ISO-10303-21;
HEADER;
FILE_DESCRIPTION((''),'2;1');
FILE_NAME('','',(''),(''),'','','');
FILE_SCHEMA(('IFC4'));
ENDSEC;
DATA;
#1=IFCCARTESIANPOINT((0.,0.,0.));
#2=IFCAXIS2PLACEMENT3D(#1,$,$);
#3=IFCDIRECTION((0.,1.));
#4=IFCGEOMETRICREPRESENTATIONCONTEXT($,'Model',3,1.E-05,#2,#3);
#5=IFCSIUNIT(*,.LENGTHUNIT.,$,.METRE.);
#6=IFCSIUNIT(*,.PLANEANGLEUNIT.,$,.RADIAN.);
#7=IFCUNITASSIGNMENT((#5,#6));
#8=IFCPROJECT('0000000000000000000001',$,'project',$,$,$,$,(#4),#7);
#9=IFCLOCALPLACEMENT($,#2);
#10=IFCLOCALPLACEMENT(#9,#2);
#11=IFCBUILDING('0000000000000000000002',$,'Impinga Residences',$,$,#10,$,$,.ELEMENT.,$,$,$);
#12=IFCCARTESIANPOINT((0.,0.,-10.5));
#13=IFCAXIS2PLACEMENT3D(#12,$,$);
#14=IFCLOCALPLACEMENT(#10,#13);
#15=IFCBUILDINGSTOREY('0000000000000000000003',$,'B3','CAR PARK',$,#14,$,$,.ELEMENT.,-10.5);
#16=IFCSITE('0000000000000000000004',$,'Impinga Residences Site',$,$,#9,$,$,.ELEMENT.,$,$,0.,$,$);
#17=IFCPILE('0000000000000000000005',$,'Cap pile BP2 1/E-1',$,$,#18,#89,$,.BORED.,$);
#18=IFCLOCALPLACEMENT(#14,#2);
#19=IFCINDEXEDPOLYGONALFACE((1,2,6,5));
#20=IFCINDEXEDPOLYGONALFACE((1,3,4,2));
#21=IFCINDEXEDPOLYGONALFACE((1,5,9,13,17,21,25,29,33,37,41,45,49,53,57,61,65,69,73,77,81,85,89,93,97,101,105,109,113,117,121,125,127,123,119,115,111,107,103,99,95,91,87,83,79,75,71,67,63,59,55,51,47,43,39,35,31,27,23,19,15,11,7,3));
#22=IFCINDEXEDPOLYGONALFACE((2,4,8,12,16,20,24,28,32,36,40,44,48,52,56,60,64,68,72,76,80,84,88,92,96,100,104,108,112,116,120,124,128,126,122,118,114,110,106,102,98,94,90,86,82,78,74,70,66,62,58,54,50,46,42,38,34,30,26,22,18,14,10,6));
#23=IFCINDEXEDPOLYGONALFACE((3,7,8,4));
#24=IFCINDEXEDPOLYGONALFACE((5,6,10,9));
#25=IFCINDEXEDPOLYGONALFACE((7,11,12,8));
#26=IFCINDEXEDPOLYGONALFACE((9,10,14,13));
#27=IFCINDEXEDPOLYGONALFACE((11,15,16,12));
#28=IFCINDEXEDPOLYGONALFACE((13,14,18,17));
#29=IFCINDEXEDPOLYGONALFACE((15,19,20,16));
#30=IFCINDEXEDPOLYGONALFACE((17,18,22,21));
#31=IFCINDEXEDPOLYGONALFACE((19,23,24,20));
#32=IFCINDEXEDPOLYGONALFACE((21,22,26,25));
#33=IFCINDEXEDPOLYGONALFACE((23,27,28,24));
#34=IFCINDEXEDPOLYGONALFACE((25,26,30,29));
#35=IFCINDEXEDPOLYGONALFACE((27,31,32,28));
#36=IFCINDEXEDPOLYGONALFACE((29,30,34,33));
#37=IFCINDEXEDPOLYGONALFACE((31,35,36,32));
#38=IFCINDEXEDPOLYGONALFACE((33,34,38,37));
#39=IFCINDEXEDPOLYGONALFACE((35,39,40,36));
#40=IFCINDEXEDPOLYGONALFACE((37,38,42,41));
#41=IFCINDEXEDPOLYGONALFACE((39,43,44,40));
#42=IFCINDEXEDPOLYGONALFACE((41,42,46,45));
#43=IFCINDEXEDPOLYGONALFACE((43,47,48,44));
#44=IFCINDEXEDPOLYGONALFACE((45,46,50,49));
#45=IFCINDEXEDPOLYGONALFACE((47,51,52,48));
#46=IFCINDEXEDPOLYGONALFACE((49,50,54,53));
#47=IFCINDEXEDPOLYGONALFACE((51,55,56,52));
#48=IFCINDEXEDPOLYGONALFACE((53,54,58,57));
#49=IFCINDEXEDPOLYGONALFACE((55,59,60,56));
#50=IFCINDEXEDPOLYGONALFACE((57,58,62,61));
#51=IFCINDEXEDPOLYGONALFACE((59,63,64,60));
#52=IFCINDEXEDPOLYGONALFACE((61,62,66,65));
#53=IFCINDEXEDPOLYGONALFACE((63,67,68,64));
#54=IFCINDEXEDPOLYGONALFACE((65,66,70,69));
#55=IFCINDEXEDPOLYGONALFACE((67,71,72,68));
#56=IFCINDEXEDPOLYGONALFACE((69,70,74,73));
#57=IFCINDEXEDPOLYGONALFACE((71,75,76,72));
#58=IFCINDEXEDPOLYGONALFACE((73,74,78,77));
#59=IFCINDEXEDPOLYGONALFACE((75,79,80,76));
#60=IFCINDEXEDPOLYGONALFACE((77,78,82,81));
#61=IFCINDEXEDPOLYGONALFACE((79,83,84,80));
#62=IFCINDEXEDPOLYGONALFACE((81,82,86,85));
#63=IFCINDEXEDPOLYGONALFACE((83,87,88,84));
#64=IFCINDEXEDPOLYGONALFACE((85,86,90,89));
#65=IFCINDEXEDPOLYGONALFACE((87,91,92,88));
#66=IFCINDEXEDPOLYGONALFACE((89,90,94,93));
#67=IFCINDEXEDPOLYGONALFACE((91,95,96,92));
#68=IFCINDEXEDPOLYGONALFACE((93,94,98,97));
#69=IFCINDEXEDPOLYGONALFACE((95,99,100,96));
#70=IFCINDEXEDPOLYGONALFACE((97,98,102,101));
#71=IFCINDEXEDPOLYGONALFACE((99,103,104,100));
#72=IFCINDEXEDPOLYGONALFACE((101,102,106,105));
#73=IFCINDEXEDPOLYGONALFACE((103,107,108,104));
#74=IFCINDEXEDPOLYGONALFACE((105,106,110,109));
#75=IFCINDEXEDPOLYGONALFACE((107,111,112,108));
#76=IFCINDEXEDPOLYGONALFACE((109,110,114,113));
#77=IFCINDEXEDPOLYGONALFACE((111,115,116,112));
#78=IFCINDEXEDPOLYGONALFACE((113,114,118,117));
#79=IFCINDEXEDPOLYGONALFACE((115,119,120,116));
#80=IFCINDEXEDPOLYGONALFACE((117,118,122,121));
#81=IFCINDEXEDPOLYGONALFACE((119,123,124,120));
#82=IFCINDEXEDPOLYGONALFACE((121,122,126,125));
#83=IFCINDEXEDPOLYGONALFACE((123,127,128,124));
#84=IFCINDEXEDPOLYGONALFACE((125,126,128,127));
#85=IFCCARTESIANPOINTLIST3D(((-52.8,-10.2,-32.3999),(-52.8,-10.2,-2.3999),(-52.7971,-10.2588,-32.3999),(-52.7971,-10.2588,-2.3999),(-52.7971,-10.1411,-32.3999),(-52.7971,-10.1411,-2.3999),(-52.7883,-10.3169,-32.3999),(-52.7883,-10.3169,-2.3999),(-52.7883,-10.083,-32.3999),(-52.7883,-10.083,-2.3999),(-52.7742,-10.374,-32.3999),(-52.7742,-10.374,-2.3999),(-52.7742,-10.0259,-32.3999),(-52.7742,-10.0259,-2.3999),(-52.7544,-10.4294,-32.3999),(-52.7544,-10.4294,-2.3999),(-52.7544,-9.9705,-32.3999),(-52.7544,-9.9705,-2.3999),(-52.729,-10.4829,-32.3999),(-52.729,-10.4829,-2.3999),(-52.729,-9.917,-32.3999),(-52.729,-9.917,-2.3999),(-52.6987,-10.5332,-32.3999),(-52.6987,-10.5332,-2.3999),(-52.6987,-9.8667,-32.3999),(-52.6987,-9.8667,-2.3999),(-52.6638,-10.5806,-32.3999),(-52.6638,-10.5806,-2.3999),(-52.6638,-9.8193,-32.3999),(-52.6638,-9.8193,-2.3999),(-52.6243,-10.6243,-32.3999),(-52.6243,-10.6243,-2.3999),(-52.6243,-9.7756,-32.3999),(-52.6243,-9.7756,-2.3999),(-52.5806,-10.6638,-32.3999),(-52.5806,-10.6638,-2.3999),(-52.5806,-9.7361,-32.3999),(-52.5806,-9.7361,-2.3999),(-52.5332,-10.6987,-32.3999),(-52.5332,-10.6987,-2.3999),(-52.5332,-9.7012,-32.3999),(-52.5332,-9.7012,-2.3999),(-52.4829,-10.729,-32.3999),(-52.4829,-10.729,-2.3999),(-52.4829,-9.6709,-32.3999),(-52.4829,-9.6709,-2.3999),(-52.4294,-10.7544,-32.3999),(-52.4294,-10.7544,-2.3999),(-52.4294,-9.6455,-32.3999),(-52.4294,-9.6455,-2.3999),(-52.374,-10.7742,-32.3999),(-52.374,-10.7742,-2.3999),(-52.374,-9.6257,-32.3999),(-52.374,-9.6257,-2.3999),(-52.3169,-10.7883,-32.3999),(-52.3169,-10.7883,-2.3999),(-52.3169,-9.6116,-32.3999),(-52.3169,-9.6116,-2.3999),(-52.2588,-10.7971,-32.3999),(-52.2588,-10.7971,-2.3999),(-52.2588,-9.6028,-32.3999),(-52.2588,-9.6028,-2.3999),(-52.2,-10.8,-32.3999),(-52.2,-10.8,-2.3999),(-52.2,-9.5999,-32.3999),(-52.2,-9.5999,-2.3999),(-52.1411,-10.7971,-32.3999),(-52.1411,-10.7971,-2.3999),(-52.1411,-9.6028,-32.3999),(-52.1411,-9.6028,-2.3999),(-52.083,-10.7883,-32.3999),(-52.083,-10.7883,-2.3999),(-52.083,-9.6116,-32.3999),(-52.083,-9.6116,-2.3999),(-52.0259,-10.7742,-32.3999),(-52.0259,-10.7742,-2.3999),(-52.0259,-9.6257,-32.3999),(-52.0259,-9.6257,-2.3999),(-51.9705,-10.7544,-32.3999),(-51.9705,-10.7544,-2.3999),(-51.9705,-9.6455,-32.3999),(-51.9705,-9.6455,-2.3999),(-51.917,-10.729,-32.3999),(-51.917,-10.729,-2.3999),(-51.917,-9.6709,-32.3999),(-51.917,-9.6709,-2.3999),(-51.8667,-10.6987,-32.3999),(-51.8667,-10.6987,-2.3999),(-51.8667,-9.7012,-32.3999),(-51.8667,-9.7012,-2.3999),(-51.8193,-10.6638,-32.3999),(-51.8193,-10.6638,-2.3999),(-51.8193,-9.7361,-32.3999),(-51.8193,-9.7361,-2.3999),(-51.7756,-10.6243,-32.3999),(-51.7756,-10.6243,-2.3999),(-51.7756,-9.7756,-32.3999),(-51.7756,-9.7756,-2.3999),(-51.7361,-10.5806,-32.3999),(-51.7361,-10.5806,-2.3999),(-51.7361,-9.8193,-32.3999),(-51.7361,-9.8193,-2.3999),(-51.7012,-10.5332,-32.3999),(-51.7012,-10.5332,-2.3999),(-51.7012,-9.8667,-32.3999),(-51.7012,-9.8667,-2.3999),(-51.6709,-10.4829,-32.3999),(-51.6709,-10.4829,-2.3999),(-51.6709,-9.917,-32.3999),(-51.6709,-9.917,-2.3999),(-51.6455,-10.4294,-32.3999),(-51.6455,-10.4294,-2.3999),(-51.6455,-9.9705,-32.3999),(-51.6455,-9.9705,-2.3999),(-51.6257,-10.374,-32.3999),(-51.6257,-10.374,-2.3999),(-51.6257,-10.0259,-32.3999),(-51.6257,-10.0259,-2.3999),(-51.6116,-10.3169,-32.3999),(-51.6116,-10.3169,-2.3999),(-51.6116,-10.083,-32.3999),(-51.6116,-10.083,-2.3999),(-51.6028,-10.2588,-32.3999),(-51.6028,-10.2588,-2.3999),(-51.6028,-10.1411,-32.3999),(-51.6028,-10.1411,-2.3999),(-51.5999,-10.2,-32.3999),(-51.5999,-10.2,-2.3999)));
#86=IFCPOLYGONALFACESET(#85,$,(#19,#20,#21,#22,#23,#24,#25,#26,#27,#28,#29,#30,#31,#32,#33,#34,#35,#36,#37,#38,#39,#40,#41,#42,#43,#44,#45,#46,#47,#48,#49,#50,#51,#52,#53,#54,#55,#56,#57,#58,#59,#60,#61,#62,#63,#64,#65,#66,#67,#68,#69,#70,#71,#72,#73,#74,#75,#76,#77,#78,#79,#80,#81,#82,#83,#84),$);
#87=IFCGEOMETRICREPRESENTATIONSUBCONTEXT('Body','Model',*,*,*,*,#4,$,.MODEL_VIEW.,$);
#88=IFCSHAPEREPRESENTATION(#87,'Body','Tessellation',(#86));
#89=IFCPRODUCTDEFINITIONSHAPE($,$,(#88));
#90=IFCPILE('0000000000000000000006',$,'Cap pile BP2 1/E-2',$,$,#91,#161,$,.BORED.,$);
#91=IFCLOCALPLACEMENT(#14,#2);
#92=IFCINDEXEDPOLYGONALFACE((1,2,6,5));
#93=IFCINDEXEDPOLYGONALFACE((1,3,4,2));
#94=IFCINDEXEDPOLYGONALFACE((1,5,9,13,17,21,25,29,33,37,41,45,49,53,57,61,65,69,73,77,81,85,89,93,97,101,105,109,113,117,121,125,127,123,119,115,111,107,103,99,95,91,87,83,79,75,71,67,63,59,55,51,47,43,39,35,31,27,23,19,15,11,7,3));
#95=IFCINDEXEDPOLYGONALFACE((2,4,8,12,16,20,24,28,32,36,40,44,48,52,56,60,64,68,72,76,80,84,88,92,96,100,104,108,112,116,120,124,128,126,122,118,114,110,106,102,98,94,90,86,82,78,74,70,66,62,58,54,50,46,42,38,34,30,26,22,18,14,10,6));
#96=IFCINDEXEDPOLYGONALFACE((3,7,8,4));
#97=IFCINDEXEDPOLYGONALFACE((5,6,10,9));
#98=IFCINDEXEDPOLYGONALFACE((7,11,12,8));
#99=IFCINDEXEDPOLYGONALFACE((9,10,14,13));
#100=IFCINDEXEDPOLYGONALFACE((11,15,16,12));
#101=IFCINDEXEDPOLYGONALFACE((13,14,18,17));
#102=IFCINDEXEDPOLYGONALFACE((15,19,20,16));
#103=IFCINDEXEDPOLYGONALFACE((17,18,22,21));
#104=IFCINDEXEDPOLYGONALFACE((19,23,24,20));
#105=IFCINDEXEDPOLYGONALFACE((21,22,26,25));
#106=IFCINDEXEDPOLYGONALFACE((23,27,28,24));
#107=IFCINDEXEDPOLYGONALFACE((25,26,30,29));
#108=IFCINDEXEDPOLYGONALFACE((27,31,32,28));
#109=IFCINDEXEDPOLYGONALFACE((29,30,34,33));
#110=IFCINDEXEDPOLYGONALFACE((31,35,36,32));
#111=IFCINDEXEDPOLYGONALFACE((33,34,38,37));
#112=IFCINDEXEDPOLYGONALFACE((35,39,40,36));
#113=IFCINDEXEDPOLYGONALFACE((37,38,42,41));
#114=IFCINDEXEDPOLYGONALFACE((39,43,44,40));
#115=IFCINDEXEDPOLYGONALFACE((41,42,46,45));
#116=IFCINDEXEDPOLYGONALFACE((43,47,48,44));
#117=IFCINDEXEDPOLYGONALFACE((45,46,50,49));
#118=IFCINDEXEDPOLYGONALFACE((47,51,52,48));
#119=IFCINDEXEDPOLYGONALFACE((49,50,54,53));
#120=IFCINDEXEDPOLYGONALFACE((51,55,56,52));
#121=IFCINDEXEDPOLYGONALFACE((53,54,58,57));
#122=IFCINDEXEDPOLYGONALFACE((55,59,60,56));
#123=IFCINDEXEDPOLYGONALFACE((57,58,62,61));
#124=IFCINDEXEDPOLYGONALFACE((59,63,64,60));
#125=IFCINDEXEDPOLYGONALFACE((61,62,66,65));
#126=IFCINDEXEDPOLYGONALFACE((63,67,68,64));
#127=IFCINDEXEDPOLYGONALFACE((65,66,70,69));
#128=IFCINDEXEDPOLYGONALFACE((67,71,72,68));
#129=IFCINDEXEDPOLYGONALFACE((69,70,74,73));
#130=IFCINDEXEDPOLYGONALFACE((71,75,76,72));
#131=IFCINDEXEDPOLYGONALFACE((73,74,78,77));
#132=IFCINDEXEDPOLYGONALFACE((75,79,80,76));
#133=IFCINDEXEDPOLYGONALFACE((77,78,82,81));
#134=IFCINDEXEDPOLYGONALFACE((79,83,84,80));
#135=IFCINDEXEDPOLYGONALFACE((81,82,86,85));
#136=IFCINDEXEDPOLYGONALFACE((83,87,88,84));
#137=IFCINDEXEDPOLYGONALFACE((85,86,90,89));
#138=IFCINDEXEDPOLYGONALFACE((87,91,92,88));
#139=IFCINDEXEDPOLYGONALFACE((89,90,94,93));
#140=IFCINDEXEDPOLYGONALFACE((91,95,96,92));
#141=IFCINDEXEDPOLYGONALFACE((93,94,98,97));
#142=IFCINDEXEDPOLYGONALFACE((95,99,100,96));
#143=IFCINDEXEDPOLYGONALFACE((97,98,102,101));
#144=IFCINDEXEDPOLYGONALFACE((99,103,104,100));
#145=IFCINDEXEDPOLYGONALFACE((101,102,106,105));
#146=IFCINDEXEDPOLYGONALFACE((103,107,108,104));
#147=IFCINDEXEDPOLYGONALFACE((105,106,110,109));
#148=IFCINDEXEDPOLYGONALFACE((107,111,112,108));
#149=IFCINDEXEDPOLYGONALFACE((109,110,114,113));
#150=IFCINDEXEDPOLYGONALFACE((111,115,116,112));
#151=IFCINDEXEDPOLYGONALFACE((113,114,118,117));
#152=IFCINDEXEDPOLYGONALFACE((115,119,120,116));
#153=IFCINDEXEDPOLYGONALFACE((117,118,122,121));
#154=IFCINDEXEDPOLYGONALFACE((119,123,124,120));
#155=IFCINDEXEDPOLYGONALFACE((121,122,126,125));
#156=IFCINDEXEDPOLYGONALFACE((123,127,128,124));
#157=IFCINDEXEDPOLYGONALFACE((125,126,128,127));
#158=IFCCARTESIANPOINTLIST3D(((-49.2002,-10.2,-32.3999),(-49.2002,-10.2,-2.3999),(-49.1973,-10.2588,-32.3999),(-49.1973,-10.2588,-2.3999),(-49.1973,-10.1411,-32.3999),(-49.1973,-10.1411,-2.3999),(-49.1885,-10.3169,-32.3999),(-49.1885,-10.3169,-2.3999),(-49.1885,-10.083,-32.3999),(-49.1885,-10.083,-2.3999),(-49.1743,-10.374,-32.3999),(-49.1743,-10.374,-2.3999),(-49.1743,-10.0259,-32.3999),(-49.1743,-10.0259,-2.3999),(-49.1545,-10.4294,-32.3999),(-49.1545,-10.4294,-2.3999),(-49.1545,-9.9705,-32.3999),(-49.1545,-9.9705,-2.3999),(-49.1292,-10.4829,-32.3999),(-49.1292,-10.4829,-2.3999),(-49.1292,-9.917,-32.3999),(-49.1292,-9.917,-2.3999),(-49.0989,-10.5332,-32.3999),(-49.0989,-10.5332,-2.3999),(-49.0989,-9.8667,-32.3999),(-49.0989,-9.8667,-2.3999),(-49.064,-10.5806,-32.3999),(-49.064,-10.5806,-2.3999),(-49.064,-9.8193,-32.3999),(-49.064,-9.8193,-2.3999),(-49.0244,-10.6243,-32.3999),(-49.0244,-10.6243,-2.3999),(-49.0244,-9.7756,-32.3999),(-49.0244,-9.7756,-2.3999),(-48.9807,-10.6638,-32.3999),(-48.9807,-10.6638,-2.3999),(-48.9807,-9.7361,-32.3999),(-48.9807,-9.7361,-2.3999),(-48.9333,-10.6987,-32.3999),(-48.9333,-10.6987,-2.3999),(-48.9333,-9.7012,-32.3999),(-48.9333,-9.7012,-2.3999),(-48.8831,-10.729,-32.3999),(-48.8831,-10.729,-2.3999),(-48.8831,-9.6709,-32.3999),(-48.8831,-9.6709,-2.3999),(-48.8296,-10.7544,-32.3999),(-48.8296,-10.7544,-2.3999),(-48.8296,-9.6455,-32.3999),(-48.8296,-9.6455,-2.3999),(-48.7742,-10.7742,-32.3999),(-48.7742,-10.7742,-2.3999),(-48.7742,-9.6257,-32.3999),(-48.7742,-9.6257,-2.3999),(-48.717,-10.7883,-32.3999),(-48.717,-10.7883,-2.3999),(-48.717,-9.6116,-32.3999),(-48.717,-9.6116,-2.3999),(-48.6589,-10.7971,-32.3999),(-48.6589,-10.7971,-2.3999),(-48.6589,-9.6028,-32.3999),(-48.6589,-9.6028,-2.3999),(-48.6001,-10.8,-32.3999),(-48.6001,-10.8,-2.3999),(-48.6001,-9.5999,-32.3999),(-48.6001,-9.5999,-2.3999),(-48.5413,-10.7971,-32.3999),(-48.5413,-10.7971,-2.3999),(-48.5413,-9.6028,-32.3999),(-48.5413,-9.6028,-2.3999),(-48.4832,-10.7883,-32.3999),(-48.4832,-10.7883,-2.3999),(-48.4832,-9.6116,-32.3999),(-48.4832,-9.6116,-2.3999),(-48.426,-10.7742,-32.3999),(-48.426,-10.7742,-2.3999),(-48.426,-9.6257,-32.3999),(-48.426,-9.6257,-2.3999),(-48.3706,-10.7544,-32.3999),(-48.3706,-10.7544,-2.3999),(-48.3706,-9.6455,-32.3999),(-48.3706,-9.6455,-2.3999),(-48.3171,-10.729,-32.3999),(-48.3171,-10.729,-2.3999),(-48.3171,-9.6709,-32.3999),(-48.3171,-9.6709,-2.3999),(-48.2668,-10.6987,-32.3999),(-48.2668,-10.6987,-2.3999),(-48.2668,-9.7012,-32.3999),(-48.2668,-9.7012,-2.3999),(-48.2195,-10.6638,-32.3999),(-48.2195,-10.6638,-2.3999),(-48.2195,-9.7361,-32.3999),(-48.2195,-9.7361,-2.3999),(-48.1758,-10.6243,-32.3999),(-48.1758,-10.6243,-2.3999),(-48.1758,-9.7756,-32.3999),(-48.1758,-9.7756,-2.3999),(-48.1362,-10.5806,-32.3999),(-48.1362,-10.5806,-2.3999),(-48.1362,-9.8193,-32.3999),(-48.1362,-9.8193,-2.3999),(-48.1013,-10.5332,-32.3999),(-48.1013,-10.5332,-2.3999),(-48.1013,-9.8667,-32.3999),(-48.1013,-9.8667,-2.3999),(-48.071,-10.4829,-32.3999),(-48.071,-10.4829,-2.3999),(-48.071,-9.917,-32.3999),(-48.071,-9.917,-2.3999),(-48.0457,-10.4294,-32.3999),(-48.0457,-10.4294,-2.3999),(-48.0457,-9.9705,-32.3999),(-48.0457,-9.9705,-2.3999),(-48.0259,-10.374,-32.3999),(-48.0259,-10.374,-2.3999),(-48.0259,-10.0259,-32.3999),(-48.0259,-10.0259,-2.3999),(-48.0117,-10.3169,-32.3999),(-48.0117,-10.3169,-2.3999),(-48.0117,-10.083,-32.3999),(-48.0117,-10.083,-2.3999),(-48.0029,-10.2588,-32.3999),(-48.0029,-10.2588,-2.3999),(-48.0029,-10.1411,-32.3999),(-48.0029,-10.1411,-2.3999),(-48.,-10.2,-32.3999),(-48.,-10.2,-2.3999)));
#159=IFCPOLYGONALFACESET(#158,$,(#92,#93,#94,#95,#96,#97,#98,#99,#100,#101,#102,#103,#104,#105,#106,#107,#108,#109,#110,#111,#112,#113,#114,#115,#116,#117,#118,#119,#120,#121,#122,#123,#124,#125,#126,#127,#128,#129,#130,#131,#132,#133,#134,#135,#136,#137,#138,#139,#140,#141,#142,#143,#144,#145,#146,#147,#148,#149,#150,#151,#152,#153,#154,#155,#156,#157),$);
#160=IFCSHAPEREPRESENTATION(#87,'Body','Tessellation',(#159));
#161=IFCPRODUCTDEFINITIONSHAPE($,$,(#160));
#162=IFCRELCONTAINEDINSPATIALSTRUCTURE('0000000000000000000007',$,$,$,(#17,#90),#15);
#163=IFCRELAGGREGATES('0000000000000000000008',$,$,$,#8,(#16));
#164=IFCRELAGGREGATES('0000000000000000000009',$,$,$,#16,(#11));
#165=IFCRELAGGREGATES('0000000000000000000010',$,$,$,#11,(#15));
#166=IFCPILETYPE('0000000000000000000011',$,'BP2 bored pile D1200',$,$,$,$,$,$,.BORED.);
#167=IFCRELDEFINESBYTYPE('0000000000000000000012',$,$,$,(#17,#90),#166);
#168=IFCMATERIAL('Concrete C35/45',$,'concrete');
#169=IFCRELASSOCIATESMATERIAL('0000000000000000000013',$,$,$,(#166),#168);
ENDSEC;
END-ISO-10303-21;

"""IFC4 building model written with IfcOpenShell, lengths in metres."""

from ifc_helpers import new_model, si_unit, direction, frame, origin, origin_2d, place, context, subcontext, project, spatial, polyline, circle, outline, extrude, material, material_profile, profile_set, type_object, element, save


model = new_model("IFC4")

# Units and contexts
model_context = context("Model", 3, precision=1e-05, world=origin(), true_north=direction((0.0, 1.0)))
body_context = subcontext(model_context, "Body", "Model", "MODEL_VIEW")
ifc_project = project(units=[si_unit("LENGTHUNIT", "METRE"), si_unit("PLANEANGLEUNIT", "RADIAN")], contexts=[model_context])

# Site, building, storey
site_placement = place(None, origin())
site = spatial("IfcSite", under=ifc_project, at=site_placement, Name="Impinga Residences Site", CompositionType="ELEMENT", RefElevation=0.0)
building_placement = place(site_placement, origin())
building = spatial("IfcBuilding", under=site, at=building_placement, Name="Impinga Residences", CompositionType="ELEMENT")
storey_placement = place(building_placement, frame((0.0, 0.0, -10.5)))
storey = spatial("IfcBuildingStorey", under=building, at=storey_placement, Name="B3", Description="CAR PARK", CompositionType="ELEMENT", Elevation=-10.5)

# Piles
ifc_material_1 = material(Name="Concrete C35/45", Category="concrete")
ifc_material_profile_1 = material_profile(ifc_material_1, circle(Radius=0.6001, at=origin_2d()), Name="D1200")
ifc_profile_set_1 = profile_set([ifc_material_profile_1], Name="Concrete C35/45")
pile_type_1 = type_object("IfcPileType", Name="BP2 bored pile D1200", PredefinedType="BORED", material=ifc_profile_set_1)
pile_1_placement = place(storey_placement, frame((-52.2, -10.2, -2.3999), z_axis=(0.0, 0.0, -1.0), x_axis=(1.0, 0.0, 0.0)))
element("IfcPile", 1, at=pile_1_placement, inside=storey, type_object=pile_type_1, Name="Cap pile BP2 1/E-1", PredefinedType="BORED", context=body_context, shape_type="SweptSolid", body=[
    extrude(outline(polyline([(0.6001, 0.0), (0.5972, 0.0588), (0.5884, 0.1169), (0.5742, 0.1741), (0.5544, 0.2295), (0.5291, 0.283), (0.4988, 0.3333), (0.4639, 0.3806), (0.4243, 0.4243), (0.3806, 0.4639), (0.3333, 0.4988), (0.283, 0.5291), (0.2295, 0.5544), (0.1741, 0.5742), (0.1169, 0.5884), (0.0588, 0.5972), (0.0, 0.6001), (-0.0588, 0.5972), (-0.1169, 0.5884), (-0.1741, 0.5742), (-0.2295, 0.5544), (-0.283, 0.5291), (-0.3333, 0.4988), (-0.3806, 0.4639), (-0.4243, 0.4243), (-0.4639, 0.3806), (-0.4988, 0.3333), (-0.5291, 0.283), (-0.5544, 0.2295), (-0.5742, 0.1741), (-0.5884, 0.1169), (-0.5972, 0.0588), (-0.6001, 0.0), (-0.5972, -0.0588), (-0.5884, -0.1169), (-0.5742, -0.1741), (-0.5544, -0.2295), (-0.5291, -0.283), (-0.4988, -0.3333), (-0.4639, -0.3806), (-0.4243, -0.4243), (-0.3806, -0.4639), (-0.3333, -0.4988), (-0.283, -0.5291), (-0.2295, -0.5544), (-0.1741, -0.5742), (-0.1169, -0.5884), (-0.0588, -0.5972), (0.0, -0.6001), (0.0588, -0.5972), (0.1169, -0.5884), (0.1741, -0.5742), (0.2295, -0.5544), (0.283, -0.5291), (0.3333, -0.4988), (0.3806, -0.4639), (0.4243, -0.4243), (0.4639, -0.3806), (0.4988, -0.3333), (0.5291, -0.283), (0.5544, -0.2295), (0.5742, -0.1741), (0.5884, -0.1169), (0.5972, -0.0588), (0.6001, 0.0)])), origin(), (0.0, 0.0, 1.0), 30.0),
])
pile_2_placement = place(storey_placement, frame((-48.6001, -10.2, -2.3999), z_axis=(0.0, 0.0, -1.0), x_axis=(1.0, 0.0, 0.0)))
element("IfcPile", 2, at=pile_2_placement, inside=storey, type_object=pile_type_1, Name="Cap pile BP2 1/E-2", PredefinedType="BORED", context=body_context, shape_type="SweptSolid", body=[
    extrude(outline(polyline([(0.6001, 0.0), (0.5972, 0.0588), (0.5884, 0.1169), (0.5742, 0.1741), (0.5544, 0.2295), (0.5291, 0.283), (0.4988, 0.3333), (0.4639, 0.3806), (0.4243, 0.4243), (0.3806, 0.4639), (0.3333, 0.4988), (0.283, 0.5291), (0.2295, 0.5544), (0.1741, 0.5742), (0.1169, 0.5884), (0.0588, 0.5972), (0.0, 0.6001), (-0.0588, 0.5972), (-0.1169, 0.5884), (-0.1741, 0.5742), (-0.2295, 0.5544), (-0.283, 0.5291), (-0.3333, 0.4988), (-0.3806, 0.4639), (-0.4243, 0.4243), (-0.4639, 0.3806), (-0.4988, 0.3333), (-0.5291, 0.283), (-0.5544, 0.2295), (-0.5742, 0.1741), (-0.5884, 0.1169), (-0.5972, 0.0588), (-0.6001, 0.0), (-0.5972, -0.0588), (-0.5884, -0.1169), (-0.5742, -0.1741), (-0.5544, -0.2295), (-0.5291, -0.283), (-0.4988, -0.3333), (-0.4639, -0.3806), (-0.4243, -0.4243), (-0.3806, -0.4639), (-0.3333, -0.4988), (-0.283, -0.5291), (-0.2295, -0.5544), (-0.1741, -0.5742), (-0.1169, -0.5884), (-0.0588, -0.5972), (0.0, -0.6001), (0.0588, -0.5972), (0.1169, -0.5884), (0.1741, -0.5742), (0.2295, -0.5544), (0.283, -0.5291), (0.3333, -0.4988), (0.3806, -0.4639), (0.4243, -0.4243), (0.4639, -0.3806), (0.4988, -0.3333), (0.5291, -0.283), (0.5544, -0.2295), (0.5742, -0.1741), (0.5884, -0.1169), (0.5972, -0.0588), (0.6001, 0.0)])), origin(), (0.0, 0.0, 1.0), 30.0),
])

save(model, "model.ifc")
